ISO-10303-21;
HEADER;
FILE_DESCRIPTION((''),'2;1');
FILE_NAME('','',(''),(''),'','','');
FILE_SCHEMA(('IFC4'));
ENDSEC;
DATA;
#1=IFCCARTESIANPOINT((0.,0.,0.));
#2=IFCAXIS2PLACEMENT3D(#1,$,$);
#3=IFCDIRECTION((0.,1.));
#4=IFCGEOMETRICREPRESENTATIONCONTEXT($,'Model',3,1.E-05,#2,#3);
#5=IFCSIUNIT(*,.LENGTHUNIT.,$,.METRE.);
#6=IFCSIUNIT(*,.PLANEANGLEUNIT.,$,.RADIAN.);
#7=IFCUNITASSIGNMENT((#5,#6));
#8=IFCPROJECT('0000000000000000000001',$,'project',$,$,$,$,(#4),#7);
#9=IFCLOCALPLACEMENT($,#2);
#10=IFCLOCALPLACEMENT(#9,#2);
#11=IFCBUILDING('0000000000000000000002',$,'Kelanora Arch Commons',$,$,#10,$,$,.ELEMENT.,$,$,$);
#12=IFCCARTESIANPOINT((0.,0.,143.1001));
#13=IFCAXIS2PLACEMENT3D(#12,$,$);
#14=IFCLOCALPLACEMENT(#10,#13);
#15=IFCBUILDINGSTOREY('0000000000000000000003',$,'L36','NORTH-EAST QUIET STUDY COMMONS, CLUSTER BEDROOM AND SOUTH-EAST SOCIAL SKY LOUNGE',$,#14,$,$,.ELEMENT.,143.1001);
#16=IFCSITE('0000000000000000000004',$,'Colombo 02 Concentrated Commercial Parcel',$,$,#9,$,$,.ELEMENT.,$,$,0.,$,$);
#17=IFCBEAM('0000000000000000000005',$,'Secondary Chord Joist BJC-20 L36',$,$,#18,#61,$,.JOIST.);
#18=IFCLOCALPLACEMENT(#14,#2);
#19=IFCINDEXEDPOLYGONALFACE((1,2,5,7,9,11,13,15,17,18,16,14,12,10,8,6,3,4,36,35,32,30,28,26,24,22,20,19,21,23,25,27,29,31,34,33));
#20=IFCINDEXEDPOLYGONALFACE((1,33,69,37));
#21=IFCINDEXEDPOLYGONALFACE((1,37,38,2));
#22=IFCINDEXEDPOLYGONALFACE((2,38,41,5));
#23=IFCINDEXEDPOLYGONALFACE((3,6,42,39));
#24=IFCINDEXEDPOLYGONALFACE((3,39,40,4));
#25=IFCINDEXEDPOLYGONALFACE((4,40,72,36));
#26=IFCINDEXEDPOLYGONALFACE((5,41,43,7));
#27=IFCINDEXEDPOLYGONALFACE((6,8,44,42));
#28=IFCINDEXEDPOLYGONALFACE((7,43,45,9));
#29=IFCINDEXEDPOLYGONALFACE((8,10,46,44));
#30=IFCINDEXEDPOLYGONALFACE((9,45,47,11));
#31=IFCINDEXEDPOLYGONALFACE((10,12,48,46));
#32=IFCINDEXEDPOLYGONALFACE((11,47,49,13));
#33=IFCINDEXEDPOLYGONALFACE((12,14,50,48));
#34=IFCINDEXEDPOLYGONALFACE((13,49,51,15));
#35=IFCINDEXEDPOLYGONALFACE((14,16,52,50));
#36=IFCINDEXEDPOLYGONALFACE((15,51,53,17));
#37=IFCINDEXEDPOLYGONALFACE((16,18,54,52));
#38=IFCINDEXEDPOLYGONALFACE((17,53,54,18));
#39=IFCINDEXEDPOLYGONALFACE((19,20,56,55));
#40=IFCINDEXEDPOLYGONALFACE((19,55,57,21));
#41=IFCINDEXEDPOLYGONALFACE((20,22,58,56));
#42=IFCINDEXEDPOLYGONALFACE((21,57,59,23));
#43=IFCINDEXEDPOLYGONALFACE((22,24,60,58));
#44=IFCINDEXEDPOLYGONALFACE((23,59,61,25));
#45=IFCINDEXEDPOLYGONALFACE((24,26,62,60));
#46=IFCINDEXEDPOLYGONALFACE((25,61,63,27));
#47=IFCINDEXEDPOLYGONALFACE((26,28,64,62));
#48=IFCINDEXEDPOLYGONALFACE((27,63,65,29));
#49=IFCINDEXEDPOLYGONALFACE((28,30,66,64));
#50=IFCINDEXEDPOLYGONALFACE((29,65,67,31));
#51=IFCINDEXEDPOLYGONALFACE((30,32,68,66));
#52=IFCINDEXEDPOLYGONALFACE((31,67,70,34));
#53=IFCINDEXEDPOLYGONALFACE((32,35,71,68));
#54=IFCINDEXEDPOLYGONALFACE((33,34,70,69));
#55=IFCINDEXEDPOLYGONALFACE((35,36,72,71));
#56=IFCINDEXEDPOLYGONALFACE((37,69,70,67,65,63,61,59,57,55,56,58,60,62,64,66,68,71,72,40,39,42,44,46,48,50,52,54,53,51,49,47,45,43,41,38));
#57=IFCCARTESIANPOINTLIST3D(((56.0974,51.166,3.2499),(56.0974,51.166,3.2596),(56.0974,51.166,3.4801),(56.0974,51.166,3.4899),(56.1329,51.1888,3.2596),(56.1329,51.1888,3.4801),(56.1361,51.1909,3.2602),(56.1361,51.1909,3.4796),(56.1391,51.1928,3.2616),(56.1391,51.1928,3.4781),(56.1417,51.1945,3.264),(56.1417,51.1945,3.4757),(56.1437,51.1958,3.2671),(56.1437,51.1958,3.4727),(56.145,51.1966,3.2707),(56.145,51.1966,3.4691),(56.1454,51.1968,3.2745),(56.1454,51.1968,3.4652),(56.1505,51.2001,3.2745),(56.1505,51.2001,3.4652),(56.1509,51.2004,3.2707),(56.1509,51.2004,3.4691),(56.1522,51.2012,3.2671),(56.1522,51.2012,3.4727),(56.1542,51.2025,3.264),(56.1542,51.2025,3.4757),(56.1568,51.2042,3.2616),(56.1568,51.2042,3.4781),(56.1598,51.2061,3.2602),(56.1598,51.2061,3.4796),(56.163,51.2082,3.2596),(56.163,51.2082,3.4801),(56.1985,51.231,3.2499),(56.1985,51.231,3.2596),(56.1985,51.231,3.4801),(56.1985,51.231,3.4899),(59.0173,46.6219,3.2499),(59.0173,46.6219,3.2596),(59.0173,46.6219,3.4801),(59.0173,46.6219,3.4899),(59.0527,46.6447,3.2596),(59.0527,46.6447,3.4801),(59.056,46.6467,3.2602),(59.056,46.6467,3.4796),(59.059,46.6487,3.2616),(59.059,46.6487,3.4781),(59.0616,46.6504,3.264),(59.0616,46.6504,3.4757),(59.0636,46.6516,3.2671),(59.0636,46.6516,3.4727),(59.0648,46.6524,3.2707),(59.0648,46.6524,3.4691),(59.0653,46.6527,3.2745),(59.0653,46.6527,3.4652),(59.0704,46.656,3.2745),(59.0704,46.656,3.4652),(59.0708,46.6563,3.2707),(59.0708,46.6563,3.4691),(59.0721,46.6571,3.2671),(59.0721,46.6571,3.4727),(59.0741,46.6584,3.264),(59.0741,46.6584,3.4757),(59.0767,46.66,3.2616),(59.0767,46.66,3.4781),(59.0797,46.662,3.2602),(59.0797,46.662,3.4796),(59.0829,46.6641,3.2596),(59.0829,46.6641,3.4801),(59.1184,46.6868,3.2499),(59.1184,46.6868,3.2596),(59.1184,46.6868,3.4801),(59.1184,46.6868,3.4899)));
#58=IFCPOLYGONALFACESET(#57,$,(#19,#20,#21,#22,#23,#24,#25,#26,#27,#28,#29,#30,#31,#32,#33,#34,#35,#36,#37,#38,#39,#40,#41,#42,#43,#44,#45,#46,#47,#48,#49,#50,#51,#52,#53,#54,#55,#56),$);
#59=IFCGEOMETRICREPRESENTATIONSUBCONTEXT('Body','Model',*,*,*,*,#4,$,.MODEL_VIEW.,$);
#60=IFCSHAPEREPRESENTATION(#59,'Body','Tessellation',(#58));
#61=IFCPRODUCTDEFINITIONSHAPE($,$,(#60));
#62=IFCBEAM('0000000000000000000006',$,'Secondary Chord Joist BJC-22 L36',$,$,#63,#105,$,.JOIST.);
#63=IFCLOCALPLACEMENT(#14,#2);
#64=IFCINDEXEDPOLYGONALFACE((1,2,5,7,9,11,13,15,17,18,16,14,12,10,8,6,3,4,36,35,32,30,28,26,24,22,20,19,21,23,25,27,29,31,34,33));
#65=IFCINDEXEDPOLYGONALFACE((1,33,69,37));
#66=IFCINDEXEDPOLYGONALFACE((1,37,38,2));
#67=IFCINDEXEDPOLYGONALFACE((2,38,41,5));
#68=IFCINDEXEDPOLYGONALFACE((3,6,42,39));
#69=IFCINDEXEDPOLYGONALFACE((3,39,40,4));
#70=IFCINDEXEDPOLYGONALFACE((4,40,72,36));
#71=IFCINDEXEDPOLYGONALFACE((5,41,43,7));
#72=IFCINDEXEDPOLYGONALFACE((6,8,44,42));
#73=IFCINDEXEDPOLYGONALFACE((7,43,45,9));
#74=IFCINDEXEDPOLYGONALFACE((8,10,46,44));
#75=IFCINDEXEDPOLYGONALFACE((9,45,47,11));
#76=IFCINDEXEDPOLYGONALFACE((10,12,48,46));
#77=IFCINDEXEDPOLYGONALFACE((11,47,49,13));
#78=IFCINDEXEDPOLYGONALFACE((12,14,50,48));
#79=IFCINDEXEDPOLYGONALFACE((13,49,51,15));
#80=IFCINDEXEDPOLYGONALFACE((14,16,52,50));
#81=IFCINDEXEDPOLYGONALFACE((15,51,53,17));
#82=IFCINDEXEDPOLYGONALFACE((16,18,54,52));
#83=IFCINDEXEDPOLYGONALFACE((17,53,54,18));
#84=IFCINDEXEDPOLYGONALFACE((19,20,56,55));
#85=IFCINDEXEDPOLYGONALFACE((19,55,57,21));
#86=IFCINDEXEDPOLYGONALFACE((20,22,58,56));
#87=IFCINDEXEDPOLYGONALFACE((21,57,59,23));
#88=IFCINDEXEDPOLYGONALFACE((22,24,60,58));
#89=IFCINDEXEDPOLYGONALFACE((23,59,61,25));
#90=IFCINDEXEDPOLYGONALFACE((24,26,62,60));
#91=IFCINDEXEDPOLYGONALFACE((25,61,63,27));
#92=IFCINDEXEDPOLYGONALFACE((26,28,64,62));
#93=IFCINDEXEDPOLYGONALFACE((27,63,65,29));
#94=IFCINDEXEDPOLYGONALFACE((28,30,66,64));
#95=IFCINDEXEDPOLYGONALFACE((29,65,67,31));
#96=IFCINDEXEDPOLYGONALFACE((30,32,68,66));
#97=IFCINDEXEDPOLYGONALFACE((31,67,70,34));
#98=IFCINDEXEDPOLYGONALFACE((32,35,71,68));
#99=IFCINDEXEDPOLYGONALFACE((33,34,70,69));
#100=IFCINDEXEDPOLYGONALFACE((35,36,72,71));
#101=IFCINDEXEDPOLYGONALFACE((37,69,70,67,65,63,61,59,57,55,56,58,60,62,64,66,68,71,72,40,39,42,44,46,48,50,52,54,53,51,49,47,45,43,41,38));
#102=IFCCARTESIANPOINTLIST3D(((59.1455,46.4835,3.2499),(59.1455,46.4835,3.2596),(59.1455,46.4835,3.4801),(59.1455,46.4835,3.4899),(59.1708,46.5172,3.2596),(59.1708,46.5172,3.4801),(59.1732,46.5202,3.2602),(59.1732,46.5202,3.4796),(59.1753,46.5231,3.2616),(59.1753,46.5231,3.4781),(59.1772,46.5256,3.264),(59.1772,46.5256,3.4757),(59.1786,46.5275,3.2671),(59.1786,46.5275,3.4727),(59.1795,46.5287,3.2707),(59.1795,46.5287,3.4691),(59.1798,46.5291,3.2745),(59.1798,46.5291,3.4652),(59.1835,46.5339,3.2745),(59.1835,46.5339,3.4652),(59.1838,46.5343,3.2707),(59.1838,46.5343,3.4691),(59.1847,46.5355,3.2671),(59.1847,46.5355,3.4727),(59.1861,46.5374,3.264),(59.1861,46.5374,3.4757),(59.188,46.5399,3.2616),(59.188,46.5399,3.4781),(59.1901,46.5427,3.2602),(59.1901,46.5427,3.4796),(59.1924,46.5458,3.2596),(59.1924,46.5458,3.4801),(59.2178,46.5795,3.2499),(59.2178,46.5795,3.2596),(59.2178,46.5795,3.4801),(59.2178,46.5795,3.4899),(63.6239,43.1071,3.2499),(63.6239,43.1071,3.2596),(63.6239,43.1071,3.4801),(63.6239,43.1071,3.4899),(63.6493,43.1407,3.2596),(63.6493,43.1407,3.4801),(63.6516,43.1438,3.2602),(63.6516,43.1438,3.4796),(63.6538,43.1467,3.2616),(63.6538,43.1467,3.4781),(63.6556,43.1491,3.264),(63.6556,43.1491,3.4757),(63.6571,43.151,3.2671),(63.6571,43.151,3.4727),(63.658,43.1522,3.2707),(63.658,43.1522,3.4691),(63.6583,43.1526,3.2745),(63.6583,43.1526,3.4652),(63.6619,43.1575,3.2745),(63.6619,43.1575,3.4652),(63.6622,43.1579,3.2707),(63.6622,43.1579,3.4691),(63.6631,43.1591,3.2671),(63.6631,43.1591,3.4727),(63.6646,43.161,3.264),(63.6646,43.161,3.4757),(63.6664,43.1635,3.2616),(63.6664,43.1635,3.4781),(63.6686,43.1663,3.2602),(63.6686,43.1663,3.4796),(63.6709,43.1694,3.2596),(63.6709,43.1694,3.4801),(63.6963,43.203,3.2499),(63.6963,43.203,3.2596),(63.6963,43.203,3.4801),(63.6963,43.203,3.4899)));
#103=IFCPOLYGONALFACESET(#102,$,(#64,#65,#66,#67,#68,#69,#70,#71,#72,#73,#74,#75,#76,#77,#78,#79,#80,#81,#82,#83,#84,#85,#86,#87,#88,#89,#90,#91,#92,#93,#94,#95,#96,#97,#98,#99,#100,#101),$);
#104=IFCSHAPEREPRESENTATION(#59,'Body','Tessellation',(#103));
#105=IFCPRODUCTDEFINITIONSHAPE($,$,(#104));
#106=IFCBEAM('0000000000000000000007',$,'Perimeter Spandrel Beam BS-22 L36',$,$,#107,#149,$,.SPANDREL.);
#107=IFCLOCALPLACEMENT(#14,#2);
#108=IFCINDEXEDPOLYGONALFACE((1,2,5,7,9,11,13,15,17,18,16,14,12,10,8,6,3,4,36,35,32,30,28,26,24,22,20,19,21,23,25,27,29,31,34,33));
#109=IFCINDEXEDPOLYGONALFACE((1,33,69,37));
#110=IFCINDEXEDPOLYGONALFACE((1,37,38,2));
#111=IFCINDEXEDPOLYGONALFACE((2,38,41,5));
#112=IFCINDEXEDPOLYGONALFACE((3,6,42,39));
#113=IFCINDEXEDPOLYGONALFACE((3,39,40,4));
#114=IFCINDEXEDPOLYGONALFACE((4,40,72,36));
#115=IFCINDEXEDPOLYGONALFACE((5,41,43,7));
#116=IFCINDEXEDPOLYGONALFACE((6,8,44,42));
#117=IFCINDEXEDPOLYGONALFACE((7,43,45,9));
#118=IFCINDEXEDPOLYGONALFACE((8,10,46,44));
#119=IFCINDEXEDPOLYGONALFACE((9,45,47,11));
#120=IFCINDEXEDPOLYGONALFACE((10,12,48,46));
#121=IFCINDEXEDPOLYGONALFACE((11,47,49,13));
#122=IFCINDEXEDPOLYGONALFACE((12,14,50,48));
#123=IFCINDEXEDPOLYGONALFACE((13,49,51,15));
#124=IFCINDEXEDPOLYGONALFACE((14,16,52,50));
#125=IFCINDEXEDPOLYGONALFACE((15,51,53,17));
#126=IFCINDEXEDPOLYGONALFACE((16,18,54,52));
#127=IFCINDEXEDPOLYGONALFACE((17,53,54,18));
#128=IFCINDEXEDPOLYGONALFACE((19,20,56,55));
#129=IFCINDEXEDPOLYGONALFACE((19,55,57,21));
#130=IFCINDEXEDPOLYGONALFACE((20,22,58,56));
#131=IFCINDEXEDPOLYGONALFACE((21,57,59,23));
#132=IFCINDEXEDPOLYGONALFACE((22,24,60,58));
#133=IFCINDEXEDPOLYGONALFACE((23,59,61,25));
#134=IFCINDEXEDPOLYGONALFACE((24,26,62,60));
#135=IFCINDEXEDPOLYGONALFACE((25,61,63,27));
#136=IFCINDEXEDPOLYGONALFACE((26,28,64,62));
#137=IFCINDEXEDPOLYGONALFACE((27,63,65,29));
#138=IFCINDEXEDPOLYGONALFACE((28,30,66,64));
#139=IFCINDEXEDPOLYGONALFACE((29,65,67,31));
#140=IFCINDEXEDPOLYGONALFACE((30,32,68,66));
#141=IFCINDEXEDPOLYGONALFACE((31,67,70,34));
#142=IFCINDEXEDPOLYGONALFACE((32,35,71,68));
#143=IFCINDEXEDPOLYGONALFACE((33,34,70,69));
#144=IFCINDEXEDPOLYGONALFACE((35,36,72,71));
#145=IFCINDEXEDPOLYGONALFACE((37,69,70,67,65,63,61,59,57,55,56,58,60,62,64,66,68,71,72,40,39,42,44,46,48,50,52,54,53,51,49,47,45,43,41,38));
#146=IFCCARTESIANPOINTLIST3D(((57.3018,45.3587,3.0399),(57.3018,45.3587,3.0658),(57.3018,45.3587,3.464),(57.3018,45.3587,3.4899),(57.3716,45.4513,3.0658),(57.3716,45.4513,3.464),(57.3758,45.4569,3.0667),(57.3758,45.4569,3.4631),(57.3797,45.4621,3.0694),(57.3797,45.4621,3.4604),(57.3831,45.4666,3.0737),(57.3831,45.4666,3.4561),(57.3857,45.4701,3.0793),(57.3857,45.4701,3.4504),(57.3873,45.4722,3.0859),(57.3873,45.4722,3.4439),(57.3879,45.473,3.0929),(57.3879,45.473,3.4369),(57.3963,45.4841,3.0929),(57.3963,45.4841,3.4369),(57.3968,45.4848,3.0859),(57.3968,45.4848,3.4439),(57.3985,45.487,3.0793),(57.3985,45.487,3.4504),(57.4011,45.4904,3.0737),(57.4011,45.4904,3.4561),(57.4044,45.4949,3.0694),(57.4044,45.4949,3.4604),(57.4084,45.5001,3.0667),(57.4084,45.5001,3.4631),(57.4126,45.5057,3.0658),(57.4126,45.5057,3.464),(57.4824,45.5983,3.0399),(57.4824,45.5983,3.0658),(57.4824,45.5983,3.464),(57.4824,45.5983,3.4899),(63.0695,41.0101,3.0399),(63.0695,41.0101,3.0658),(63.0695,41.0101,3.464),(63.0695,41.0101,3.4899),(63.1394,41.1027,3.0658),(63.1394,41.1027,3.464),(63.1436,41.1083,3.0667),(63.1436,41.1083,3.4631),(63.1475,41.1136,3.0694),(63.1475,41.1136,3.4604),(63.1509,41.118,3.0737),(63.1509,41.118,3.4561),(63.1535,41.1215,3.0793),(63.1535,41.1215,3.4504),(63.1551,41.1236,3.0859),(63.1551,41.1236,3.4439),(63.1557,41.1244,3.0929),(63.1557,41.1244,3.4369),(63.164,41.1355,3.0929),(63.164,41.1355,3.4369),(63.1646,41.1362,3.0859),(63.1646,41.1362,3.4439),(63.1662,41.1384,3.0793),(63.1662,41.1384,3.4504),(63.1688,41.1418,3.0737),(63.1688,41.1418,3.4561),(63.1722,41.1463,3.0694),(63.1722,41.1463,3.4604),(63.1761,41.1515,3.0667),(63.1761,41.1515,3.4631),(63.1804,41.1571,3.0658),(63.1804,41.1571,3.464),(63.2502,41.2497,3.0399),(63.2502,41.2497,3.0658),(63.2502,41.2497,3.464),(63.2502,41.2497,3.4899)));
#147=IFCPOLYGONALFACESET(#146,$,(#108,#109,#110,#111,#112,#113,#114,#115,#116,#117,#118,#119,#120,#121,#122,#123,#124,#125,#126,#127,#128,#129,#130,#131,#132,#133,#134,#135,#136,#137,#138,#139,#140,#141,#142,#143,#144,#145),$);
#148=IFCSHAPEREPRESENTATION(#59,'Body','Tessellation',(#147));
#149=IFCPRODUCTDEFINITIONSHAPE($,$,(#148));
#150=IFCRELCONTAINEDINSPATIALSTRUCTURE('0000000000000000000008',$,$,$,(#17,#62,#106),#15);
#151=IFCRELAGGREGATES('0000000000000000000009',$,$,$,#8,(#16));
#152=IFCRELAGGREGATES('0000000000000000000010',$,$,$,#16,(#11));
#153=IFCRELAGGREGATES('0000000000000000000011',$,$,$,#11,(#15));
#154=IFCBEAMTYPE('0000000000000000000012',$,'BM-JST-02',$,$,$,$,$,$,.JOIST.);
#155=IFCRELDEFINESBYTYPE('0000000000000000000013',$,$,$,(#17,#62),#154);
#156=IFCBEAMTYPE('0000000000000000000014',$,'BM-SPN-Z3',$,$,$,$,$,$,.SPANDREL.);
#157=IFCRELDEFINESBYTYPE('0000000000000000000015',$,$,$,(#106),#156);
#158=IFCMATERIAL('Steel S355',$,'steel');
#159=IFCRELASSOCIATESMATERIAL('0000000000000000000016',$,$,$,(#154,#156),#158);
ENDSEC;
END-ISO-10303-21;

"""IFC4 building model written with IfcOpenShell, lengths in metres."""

from ifc_helpers import new_model, si_unit, direction, frame, origin, origin_2d, place, context, subcontext, project, spatial, i_section, extrude, material, material_profile, profile_set, type_object, element, save


model = new_model("IFC4")

# Units and contexts
model_context = context("Model", 3, precision=1e-05, world=origin(), true_north=direction((0.0, 1.0)))
body_context = subcontext(model_context, "Body", "Model", "MODEL_VIEW")
ifc_project = project(units=[si_unit("LENGTHUNIT", "METRE"), si_unit("PLANEANGLEUNIT", "RADIAN")], contexts=[model_context])

# Site, building, storey
site_placement = place(None, origin())
site = spatial("IfcSite", under=ifc_project, at=site_placement, Name="Colombo 02 Concentrated Commercial Parcel", CompositionType="ELEMENT", RefElevation=0.0)
building_placement = place(site_placement, origin())
building = spatial("IfcBuilding", under=site, at=building_placement, Name="Kelanora Arch Commons", CompositionType="ELEMENT")
storey_placement = place(building_placement, frame((0.0, 0.0, 143.1001)))
storey = spatial("IfcBuildingStorey", under=building, at=storey_placement, Name="L36", Description="NORTH-EAST QUIET STUDY COMMONS, CLUSTER BEDROOM AND SOUTH-EAST SOCIAL SKY LOUNGE", CompositionType="ELEMENT", Elevation=143.1001)

# Beams
ifc_material_1 = material(Name="Steel S355", Category="steel")
ifc_material_profile_1 = material_profile(ifc_material_1, i_section(OverallWidth=0.1201, OverallDepth=0.24, WebThickness=0.0061, FlangeThickness=0.0098, FilletRadius=0.0149, at=origin_2d()), Name="IPE240")
ifc_profile_set_1 = profile_set([ifc_material_profile_1], Name="Steel S355")
beam_type_1 = type_object("IfcBeamType", Name="BM-JST-02", PredefinedType="JOIST", material=ifc_profile_set_1)
beam_1_placement = place(storey_placement, frame((56.1479, 51.1985, 3.3699), z_axis=(0.540582, -0.841292, 0.0), x_axis=(0.841292, 0.540582, 0.0)))
element("IfcBeam", 1, at=beam_1_placement, inside=storey, type_object=beam_type_1, Name="Secondary Chord Joist BJC-20 L36", PredefinedType="JOIST", context=body_context, shape_type="SweptSolid", body=[
    extrude(i_section(OverallWidth=0.1201, OverallDepth=0.24, WebThickness=0.0061, FlangeThickness=0.0098, FilletRadius=0.0149, at=origin_2d()), origin(), (0.0, 0.0, 1.0), 5.4014),
])
beam_2_placement = place(storey_placement, frame((59.1816, 46.5315, 3.3699), z_axis=(0.798493, -0.602004, 0.0), x_axis=(0.602004, 0.798493, 0.0)))
element("IfcBeam", 2, at=beam_2_placement, inside=storey, type_object=beam_type_1, Name="Secondary Chord Joist BJC-22 L36", PredefinedType="JOIST", context=body_context, shape_type="SweptSolid", body=[
    extrude(i_section(OverallWidth=0.1201, OverallDepth=0.24, WebThickness=0.0061, FlangeThickness=0.0098, FilletRadius=0.0149, at=origin_2d()), origin(), (0.0, 0.0, 1.0), 5.6086),
])
ifc_material_profile_2 = material_profile(ifc_material_1, i_section(OverallWidth=0.3, OverallDepth=0.45, WebThickness=0.0139, FlangeThickness=0.0259, FilletRadius=0.0271, at=origin_2d()), Name="HEB450")
ifc_profile_set_2 = profile_set([ifc_material_profile_2], Name="Steel S355")
beam_type_2 = type_object("IfcBeamType", Name="BM-SPN-Z3", PredefinedType="SPANDREL", material=ifc_profile_set_2)
beam_3_placement = place(storey_placement, frame((57.3921, 45.4785, 3.2649), z_axis=(0.798485, -0.602015, 0.0), x_axis=(0.602015, 0.798485, 0.0)))
element("IfcBeam", 3, at=beam_3_placement, inside=storey, type_object=beam_type_2, Name="Perimeter Spandrel Beam BS-22 L36", PredefinedType="SPANDREL", context=body_context, shape_type="SweptSolid", body=[
    extrude(i_section(OverallWidth=0.3, OverallDepth=0.45, WebThickness=0.0139, FlangeThickness=0.0259, FilletRadius=0.0271, at=origin_2d()), origin(), (0.0, 0.0, 1.0), 7.2234),
])

save(model, "model.ifc")
